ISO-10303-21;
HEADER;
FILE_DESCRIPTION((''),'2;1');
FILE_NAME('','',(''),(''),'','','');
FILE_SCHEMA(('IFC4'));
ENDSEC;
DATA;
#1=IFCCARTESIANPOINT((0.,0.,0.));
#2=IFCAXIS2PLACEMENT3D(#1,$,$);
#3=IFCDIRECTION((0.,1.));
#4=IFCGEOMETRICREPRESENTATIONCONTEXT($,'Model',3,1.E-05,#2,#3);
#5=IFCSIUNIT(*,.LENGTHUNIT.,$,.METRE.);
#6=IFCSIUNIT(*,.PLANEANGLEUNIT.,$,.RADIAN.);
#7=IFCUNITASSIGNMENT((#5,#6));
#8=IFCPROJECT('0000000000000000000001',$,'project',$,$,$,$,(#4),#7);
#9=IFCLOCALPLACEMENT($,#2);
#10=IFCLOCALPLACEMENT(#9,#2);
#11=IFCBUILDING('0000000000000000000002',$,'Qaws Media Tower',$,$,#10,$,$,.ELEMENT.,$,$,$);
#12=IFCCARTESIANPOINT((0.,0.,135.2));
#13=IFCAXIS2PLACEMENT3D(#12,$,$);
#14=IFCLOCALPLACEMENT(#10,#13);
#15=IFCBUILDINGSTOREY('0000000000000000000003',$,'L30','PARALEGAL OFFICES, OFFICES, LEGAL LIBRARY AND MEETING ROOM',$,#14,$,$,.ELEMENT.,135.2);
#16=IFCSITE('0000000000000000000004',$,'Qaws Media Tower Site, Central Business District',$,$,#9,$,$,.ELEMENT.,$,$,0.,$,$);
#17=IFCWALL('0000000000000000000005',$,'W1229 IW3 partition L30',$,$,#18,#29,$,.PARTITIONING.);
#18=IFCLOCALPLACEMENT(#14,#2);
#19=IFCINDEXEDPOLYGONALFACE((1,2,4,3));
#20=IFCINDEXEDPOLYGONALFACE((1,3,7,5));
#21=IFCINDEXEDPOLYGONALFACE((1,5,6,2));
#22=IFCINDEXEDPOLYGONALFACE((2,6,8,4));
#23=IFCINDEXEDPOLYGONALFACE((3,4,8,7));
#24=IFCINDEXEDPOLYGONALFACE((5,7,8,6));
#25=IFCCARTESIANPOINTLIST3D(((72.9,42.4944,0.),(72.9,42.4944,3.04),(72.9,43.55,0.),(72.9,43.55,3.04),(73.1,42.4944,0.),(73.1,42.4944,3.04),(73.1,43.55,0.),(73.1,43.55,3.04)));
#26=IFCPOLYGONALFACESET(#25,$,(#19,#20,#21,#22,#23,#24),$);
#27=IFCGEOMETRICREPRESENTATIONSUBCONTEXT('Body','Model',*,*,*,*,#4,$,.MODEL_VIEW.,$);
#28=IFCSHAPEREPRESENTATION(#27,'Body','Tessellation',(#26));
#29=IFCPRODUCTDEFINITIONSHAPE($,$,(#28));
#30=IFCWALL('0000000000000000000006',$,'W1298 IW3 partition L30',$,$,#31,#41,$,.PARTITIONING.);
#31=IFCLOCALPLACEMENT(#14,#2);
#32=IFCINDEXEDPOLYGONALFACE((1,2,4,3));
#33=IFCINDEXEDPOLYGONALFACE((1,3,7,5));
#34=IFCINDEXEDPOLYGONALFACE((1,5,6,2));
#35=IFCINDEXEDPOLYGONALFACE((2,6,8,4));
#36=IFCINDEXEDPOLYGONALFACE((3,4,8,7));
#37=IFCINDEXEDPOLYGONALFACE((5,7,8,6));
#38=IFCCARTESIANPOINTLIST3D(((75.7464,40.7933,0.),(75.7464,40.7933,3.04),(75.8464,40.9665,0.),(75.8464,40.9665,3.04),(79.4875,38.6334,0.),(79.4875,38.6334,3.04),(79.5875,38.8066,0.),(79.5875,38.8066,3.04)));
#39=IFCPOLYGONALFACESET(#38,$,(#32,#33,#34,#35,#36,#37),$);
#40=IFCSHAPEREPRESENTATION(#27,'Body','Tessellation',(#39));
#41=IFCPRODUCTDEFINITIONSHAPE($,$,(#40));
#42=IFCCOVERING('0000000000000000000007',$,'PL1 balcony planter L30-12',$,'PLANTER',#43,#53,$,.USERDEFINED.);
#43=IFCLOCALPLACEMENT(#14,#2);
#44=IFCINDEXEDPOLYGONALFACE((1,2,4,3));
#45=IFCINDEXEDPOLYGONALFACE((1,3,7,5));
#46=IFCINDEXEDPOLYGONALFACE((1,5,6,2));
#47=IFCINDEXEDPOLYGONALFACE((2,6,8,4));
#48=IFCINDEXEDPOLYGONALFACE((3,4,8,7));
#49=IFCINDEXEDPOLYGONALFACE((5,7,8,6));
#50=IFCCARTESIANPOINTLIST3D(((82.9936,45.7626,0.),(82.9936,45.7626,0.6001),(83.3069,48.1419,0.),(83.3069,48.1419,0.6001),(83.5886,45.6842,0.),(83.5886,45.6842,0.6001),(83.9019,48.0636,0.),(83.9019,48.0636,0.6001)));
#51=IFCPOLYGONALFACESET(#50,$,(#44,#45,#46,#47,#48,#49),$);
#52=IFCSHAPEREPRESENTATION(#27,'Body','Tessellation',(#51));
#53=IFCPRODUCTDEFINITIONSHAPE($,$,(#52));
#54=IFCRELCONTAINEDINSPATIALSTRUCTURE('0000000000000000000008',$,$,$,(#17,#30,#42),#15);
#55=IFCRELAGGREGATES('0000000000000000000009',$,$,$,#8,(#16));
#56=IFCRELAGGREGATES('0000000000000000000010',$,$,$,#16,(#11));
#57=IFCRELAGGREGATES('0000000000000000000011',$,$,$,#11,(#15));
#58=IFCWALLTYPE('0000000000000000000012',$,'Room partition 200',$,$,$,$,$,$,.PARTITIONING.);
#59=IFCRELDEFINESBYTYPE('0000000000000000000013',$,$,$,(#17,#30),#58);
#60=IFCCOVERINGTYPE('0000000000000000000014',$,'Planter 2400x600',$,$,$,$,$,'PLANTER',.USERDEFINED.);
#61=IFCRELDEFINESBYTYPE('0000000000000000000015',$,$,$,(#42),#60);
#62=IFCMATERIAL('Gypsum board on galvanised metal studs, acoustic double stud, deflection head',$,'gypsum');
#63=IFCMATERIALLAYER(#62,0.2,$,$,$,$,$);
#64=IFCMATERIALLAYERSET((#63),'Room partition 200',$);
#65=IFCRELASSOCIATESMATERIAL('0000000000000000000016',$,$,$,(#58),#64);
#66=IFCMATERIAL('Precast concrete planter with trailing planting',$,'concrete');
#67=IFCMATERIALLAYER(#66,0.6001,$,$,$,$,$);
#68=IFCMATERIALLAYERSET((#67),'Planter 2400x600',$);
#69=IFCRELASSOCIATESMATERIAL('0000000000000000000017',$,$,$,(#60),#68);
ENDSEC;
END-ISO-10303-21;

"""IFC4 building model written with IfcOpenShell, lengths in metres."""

from ifc_helpers import new_model, si_unit, direction, frame, frame_2d, origin, origin_2d, place, context, subcontext, project, spatial, rectangle, extrude, material, layer, layer_set, type_object, element, save


model = new_model("IFC4")

# Units and contexts
model_context = context("Model", 3, precision=1e-05, world=origin(), true_north=direction((0.0, 1.0)))
body_context = subcontext(model_context, "Body", "Model", "MODEL_VIEW")
ifc_project = project(units=[si_unit("LENGTHUNIT", "METRE"), si_unit("PLANEANGLEUNIT", "RADIAN")], contexts=[model_context])

# Site, building, storey
site_placement = place(None, origin())
site = spatial("IfcSite", under=ifc_project, at=site_placement, Name="Qaws Media Tower Site, Central Business District", CompositionType="ELEMENT", RefElevation=0.0)
building_placement = place(site_placement, origin())
building = spatial("IfcBuilding", under=site, at=building_placement, Name="Qaws Media Tower", CompositionType="ELEMENT")
storey_placement = place(building_placement, frame((0.0, 0.0, 135.2)))
storey = spatial("IfcBuildingStorey", under=building, at=storey_placement, Name="L30", Description="PARALEGAL OFFICES, OFFICES, LEGAL LIBRARY AND MEETING ROOM", CompositionType="ELEMENT", Elevation=135.2)

# Walls
ifc_material_1 = material(Name="Gypsum board on galvanised metal studs, acoustic double stud, deflection head", Category="gypsum")
ifc_layer_1 = layer(ifc_material_1, 0.2)
ifc_layer_set_1 = layer_set([ifc_layer_1], Name="Room partition 200")
wall_type_1 = type_object("IfcWallType", Name="Room partition 200", PredefinedType="PARTITIONING", material=ifc_layer_set_1)
wall_1_placement = place(storey_placement, frame((73.0, 42.4944, 0.0), z_axis=(0.0, 0.0, 1.0), x_axis=(0.0, 1.0, 0.0)))
element("IfcWall", 1, at=wall_1_placement, inside=storey, type_object=wall_type_1, Name="W1229 IW3 partition L30", PredefinedType="PARTITIONING", context=body_context, shape_type="SweptSolid", body=[
    extrude(rectangle(XDim=1.0557, YDim=0.2, at=frame_2d((0.5278, 0.0))), origin(), (0.0, 0.0, 1.0), 3.04),
])
wall_2_placement = place(storey_placement, frame((75.7964, 40.8799, 0.0), z_axis=(0.0, 0.0, 1.0), x_axis=(0.866033, -0.499987, 0.0)))
element("IfcWall", 2, at=wall_2_placement, inside=storey, type_object=wall_type_1, Name="W1298 IW3 partition L30", PredefinedType="PARTITIONING", context=body_context, shape_type="SweptSolid", body=[
    extrude(rectangle(XDim=4.3198, YDim=0.2, at=frame_2d((2.1599, 0.0))), origin(), (0.0, 0.0, 1.0), 3.04),
])

# Covering
ifc_material_2 = material(Name="Precast concrete planter with trailing planting", Category="concrete")
ifc_layer_2 = layer(ifc_material_2, 0.6001)
ifc_layer_set_2 = layer_set([ifc_layer_2], Name="Planter 2400x600")
covering_type = type_object("IfcCoveringType", Name="Planter 2400x600", ElementType="PLANTER", PredefinedType="USERDEFINED", material=ifc_layer_set_2)
covering_placement = place(storey_placement, frame((83.4478, 46.9131, 0.0), z_axis=(0.0, 0.0, 1.0), x_axis=(0.130526, 0.991445, 0.0)))
element("IfcCovering", 3, at=covering_placement, inside=storey, type_object=covering_type, Name="PL1 balcony planter L30-12", ObjectType="PLANTER", PredefinedType="USERDEFINED", context=body_context, shape_type="SweptSolid", body=[
    extrude(rectangle(XDim=2.3999, YDim=0.6001, at=origin_2d()), origin(), (0.0, 0.0, 1.0), 0.6001),
])

save(model, "model.ifc")
